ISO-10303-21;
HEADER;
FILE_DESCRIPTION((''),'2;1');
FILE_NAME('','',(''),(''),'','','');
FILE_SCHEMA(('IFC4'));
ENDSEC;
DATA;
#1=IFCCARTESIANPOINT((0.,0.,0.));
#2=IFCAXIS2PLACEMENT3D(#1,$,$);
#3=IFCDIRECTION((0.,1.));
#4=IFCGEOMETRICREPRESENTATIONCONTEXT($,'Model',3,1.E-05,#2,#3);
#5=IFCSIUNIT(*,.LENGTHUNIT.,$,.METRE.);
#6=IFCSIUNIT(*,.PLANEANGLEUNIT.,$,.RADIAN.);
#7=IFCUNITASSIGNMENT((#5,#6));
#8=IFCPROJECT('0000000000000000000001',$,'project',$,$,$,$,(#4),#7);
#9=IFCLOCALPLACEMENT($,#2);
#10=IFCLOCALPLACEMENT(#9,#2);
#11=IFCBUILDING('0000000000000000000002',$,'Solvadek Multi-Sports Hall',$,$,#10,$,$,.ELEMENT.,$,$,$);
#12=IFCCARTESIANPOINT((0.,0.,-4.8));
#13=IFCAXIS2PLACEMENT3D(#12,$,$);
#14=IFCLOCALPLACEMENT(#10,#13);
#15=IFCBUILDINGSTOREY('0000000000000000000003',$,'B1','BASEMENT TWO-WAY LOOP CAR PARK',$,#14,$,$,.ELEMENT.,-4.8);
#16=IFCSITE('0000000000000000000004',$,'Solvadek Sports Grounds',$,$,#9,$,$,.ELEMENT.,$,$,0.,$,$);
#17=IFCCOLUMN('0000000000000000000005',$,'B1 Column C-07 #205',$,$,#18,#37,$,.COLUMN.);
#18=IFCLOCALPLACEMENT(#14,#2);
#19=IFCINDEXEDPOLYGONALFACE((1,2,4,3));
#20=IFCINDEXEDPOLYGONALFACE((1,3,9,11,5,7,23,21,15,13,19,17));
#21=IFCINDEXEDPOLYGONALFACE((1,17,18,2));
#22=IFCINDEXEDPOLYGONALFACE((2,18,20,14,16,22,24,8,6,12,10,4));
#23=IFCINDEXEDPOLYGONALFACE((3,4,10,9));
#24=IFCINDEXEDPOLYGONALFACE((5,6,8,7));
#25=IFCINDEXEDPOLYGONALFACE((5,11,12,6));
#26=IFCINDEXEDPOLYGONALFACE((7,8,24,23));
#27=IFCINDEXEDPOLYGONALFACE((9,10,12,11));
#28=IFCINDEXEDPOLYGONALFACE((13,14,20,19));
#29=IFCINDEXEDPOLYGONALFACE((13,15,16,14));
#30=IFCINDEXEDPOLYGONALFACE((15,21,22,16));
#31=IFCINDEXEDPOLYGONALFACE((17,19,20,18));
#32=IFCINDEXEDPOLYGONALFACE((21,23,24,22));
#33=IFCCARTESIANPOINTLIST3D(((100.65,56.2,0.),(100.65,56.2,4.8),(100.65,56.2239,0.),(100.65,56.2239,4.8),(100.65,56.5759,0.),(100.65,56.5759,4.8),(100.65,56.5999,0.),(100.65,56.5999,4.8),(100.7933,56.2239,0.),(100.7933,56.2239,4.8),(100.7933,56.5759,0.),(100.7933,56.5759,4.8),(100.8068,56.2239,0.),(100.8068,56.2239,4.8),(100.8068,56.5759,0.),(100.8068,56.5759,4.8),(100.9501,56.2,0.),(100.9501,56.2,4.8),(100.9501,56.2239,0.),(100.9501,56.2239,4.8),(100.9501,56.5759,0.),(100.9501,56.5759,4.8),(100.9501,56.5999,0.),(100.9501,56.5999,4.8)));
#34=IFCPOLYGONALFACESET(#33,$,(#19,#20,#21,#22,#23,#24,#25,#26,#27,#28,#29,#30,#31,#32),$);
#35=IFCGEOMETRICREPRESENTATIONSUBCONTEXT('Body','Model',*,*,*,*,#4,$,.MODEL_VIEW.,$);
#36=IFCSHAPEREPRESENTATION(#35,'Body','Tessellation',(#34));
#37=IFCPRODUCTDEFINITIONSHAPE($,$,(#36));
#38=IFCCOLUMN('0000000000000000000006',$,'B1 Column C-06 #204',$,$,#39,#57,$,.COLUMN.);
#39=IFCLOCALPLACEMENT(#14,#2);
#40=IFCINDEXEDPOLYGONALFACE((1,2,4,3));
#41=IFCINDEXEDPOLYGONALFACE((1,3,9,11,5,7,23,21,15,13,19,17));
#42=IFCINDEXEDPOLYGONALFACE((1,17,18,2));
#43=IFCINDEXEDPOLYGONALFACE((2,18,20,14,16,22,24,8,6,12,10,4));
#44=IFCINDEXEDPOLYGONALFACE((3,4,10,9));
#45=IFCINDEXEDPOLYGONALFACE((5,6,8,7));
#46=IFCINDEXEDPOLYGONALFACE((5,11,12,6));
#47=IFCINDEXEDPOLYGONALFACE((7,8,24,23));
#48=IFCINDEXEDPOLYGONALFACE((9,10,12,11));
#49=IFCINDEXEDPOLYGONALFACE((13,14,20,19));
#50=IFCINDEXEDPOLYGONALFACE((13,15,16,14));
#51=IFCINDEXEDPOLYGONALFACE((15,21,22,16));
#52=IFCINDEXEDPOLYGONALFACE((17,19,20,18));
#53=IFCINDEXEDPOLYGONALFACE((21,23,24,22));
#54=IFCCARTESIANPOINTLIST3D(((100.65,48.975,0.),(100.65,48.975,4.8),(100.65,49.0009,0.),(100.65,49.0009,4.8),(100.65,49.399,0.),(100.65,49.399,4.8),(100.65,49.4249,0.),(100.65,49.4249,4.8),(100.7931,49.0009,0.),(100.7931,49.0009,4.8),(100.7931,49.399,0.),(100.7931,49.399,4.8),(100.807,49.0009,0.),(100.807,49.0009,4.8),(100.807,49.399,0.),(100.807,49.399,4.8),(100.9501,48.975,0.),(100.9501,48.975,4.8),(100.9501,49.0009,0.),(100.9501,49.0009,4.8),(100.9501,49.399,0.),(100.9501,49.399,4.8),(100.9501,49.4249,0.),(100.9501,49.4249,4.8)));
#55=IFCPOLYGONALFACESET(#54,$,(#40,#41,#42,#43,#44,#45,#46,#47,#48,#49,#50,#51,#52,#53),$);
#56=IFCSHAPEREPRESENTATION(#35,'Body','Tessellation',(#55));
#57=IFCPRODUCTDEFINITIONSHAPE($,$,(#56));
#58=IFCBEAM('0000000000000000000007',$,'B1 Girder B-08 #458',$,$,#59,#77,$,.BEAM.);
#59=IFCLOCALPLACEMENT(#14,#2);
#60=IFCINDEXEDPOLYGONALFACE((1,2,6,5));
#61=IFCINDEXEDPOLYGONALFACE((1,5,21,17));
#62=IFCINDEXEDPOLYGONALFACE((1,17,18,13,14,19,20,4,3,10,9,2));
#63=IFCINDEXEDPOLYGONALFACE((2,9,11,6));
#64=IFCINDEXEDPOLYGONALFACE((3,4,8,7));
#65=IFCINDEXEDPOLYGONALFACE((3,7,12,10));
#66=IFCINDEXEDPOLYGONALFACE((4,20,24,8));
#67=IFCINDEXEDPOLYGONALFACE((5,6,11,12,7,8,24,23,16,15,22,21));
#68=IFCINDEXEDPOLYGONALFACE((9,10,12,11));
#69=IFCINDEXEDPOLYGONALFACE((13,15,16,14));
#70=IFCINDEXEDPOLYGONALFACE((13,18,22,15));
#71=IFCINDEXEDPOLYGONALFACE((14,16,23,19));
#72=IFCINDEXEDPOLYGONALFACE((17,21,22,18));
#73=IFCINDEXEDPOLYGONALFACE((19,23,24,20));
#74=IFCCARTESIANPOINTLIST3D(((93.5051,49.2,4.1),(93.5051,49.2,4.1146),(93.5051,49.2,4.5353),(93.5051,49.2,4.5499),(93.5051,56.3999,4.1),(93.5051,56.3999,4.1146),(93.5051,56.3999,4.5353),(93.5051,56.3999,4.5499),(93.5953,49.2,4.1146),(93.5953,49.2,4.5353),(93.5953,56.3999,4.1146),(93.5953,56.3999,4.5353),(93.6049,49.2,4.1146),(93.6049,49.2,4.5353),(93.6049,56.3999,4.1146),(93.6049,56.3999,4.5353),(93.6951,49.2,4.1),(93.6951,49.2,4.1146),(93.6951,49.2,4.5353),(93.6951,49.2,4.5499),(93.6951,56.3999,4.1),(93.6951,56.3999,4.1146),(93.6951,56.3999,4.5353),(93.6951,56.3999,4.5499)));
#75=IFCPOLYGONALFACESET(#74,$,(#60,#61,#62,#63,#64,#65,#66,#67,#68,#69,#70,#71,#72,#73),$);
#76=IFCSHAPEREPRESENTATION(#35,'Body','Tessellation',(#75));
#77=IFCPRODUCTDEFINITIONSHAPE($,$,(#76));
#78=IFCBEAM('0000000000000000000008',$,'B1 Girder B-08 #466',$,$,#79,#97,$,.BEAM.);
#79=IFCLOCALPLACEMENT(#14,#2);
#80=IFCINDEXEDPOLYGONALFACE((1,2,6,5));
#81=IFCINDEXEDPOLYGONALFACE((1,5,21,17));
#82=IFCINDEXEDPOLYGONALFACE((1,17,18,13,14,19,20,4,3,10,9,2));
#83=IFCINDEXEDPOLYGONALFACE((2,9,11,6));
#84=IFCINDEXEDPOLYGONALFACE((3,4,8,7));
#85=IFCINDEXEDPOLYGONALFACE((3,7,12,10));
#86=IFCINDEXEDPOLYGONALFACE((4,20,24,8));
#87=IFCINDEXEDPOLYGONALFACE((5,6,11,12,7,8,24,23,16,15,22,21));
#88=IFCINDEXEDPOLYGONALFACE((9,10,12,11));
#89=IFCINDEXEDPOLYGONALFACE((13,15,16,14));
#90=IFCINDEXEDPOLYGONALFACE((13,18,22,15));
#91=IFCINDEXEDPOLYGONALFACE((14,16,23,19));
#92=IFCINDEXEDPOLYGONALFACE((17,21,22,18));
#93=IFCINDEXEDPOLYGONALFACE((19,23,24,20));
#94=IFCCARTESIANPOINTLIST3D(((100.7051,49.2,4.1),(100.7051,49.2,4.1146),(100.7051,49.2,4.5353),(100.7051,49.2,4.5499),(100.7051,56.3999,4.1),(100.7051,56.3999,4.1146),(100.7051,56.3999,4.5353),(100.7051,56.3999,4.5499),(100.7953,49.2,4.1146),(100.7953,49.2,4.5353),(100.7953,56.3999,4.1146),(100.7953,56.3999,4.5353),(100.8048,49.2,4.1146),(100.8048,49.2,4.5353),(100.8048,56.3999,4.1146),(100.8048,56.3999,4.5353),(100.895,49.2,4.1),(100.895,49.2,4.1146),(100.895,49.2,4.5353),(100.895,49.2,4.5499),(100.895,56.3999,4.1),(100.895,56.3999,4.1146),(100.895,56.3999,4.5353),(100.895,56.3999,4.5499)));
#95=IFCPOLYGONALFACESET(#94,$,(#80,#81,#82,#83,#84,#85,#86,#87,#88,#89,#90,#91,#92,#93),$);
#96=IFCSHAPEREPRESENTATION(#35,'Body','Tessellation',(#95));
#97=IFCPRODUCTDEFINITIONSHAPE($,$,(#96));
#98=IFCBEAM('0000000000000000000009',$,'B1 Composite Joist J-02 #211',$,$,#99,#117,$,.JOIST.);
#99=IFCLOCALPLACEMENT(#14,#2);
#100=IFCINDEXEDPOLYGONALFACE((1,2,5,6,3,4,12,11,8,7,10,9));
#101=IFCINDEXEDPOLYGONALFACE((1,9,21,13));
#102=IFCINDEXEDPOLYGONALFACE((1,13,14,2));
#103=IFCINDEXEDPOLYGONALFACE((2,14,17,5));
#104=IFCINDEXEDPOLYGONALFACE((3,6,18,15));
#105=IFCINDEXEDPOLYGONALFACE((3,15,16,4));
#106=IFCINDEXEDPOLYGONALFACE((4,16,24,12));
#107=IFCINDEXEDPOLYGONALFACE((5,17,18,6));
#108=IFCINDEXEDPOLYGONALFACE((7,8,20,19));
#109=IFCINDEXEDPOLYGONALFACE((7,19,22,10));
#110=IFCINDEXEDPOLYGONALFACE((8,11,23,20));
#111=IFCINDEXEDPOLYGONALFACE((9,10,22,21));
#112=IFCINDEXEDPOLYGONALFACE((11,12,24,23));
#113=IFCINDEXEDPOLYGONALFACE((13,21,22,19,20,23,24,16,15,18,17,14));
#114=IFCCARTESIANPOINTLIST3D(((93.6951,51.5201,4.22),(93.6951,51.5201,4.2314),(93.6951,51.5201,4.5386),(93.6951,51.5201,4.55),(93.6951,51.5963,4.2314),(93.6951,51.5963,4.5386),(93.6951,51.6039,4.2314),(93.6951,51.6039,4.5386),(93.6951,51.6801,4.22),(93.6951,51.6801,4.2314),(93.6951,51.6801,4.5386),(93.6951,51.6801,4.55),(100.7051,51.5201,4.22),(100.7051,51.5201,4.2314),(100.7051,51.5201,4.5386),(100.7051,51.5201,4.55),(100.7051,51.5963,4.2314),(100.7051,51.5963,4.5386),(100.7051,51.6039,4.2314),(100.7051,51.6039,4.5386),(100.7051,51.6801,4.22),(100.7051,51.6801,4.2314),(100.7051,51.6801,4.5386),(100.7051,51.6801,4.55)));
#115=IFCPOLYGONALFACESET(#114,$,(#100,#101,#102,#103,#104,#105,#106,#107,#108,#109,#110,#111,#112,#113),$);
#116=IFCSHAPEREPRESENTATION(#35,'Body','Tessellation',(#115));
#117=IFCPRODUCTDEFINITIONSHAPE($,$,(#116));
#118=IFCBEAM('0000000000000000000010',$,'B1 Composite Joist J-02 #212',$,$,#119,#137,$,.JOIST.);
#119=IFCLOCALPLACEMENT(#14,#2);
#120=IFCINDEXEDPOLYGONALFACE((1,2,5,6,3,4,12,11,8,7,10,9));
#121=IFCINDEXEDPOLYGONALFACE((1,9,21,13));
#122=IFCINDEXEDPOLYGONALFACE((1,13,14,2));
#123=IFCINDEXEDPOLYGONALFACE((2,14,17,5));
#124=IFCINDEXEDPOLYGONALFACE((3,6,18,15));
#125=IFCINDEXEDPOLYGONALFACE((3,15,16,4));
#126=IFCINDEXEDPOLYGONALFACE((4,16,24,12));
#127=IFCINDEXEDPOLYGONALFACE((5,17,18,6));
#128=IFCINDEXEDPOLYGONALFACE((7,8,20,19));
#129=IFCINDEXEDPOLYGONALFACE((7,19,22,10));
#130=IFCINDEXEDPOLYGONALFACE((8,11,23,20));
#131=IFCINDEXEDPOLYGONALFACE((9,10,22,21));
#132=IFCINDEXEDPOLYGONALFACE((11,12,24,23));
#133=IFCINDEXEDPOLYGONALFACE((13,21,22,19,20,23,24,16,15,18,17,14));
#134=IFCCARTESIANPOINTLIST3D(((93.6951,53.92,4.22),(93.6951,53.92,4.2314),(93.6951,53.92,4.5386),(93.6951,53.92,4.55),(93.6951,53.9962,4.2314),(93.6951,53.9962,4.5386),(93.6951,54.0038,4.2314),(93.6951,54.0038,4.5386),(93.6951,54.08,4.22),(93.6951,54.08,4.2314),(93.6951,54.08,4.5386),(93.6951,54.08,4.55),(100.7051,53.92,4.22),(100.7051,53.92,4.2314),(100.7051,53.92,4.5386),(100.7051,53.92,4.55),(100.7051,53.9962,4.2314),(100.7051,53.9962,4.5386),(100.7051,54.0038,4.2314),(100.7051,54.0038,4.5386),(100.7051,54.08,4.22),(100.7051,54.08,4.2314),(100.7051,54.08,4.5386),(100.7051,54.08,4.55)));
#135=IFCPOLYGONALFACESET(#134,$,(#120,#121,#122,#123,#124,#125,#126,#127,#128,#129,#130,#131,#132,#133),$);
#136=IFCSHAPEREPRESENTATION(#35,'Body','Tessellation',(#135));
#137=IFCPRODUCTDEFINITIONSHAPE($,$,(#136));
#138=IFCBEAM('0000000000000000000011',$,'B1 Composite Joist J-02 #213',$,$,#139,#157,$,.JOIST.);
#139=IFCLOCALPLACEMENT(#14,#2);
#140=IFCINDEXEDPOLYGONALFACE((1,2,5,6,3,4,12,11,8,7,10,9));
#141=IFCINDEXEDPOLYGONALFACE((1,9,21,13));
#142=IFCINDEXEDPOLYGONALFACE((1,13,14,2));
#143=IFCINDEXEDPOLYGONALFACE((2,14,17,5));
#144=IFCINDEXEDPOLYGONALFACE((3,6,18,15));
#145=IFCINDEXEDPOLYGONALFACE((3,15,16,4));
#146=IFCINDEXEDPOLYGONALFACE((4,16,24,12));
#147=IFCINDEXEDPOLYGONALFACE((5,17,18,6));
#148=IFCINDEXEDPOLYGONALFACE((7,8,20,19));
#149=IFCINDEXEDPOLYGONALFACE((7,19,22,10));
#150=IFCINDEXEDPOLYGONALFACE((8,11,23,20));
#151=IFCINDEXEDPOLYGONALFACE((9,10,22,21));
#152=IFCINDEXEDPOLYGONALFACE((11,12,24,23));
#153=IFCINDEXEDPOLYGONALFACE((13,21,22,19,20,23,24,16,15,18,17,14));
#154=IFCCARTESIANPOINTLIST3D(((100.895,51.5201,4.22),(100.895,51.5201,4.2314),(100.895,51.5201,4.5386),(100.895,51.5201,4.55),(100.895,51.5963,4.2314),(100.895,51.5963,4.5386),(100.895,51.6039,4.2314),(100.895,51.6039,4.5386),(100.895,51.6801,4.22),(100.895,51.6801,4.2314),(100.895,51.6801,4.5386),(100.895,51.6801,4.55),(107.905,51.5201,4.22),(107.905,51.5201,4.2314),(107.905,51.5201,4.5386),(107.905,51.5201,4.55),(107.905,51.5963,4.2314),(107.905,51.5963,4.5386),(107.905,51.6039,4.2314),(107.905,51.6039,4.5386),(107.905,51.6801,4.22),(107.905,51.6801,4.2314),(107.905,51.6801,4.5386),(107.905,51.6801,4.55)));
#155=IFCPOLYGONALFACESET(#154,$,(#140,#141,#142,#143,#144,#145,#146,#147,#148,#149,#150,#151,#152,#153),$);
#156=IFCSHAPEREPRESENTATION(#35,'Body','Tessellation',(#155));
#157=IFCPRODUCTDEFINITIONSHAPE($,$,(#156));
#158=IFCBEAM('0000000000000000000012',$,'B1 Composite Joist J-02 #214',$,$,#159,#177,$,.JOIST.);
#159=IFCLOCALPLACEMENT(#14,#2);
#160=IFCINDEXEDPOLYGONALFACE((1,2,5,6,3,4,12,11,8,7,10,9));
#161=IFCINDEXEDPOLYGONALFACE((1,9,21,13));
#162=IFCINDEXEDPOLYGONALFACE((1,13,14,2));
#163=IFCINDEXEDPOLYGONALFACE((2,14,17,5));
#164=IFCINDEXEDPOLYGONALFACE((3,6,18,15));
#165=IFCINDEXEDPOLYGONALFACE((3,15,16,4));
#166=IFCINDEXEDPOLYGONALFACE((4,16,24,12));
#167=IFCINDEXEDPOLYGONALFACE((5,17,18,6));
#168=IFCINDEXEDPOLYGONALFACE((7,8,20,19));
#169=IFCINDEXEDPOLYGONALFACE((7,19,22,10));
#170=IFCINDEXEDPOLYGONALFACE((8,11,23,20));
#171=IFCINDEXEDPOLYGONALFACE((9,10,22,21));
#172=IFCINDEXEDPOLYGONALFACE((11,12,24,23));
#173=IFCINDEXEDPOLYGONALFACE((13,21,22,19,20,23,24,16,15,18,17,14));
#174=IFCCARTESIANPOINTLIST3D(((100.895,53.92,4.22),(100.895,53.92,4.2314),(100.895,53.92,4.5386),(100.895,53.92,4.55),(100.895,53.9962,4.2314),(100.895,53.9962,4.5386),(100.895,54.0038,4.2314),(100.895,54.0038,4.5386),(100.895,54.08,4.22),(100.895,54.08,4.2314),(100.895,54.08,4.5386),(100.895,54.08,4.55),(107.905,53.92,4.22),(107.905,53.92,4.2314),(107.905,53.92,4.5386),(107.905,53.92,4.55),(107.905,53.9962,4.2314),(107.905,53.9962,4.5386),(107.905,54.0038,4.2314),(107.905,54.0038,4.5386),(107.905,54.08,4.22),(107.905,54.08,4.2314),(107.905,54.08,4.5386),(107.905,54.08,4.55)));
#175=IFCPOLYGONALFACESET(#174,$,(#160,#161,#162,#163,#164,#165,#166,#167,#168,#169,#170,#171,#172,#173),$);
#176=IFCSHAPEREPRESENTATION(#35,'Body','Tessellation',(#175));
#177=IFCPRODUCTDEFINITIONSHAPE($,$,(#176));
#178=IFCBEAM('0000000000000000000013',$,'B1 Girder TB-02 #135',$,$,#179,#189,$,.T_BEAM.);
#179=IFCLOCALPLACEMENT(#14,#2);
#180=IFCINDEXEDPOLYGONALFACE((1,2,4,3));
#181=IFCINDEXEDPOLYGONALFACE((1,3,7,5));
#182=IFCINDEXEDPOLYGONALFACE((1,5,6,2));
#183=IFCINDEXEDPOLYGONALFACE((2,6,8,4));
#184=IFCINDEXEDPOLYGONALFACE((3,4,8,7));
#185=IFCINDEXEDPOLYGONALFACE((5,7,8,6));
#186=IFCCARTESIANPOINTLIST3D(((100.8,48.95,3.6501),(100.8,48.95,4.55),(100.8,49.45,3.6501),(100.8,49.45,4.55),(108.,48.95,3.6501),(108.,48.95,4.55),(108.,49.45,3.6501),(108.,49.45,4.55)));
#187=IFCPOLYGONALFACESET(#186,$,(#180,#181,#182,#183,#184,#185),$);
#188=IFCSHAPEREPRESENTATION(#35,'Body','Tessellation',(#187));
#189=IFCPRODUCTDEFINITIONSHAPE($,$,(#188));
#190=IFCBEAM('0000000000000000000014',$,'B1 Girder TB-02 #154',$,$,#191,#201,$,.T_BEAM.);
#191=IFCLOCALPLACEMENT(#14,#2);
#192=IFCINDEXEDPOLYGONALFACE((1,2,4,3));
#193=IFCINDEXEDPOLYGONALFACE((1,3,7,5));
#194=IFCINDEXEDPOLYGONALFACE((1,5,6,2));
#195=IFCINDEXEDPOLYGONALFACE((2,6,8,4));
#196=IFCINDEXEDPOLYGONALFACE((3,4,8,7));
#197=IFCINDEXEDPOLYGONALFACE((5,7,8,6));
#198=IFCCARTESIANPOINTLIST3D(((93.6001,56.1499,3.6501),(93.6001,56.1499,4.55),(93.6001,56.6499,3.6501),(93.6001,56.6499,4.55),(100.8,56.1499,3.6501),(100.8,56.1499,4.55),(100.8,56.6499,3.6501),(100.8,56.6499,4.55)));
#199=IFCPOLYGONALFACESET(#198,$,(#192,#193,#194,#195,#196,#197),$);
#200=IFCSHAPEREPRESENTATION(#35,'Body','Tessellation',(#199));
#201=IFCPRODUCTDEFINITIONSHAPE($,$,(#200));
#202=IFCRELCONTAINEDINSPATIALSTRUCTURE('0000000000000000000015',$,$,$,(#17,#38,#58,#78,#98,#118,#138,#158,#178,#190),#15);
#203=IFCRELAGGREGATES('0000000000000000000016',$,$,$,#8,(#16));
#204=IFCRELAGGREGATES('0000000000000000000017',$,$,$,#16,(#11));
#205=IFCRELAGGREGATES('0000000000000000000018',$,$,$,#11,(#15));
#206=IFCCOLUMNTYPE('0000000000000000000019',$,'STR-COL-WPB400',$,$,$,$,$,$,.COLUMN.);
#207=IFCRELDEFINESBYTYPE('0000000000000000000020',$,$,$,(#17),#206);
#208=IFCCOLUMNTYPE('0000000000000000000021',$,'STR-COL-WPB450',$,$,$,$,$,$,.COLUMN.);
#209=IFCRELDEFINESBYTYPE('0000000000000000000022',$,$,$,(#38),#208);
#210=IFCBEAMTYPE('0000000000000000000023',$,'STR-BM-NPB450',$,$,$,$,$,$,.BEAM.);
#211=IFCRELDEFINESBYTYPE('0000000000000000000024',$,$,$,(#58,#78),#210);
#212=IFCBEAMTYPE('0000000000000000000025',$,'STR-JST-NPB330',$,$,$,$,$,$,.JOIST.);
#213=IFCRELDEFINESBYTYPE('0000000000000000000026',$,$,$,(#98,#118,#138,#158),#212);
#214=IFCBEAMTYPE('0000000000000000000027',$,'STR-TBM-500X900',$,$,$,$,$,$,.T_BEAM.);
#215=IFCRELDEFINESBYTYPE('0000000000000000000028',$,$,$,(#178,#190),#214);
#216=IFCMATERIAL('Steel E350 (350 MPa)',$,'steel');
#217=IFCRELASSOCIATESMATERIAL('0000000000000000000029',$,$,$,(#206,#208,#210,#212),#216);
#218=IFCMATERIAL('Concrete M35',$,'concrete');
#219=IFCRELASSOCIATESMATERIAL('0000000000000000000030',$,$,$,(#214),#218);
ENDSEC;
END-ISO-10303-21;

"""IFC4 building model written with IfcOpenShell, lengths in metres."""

from ifc_helpers import new_model, si_unit, direction, frame, origin, origin_2d, place, context, subcontext, project, spatial, rectangle, i_section, extrude, material, material_profile, profile_set, type_object, element, save


model = new_model("IFC4")

# Units and contexts
model_context = context("Model", 3, precision=1e-05, world=origin(), true_north=direction((0.0, 1.0)))
body_context = subcontext(model_context, "Body", "Model", "MODEL_VIEW")
ifc_project = project(units=[si_unit("LENGTHUNIT", "METRE"), si_unit("PLANEANGLEUNIT", "RADIAN")], contexts=[model_context])

# Site, building, storey
site_placement = place(None, origin())
site = spatial("IfcSite", under=ifc_project, at=site_placement, Name="Solvadek Sports Grounds", CompositionType="ELEMENT", RefElevation=0.0)
building_placement = place(site_placement, origin())
building = spatial("IfcBuilding", under=site, at=building_placement, Name="Solvadek Multi-Sports Hall", CompositionType="ELEMENT")
storey_placement = place(building_placement, frame((0.0, 0.0, -4.8)))
storey = spatial("IfcBuildingStorey", under=building, at=storey_placement, Name="B1", Description="BASEMENT TWO-WAY LOOP CAR PARK", CompositionType="ELEMENT", Elevation=-4.8)

# Shared definitions
ifc_material_1 = material(Name="Concrete M35", Category="concrete")

# Columns
ifc_material_2 = material(Name="Steel E350 (350 MPa)", Category="steel")
ifc_material_profile_1 = material_profile(ifc_material_2, i_section(OverallWidth=0.3, OverallDepth=0.3999, WebThickness=0.0134, FlangeThickness=0.0239, at=origin_2d()), Name="WPB 400")
ifc_profile_set_1 = profile_set([ifc_material_profile_1], Name="Steel E350 (350 MPa)")
column_type_1 = type_object("IfcColumnType", Name="STR-COL-WPB400", PredefinedType="COLUMN", material=ifc_profile_set_1)
for number, where, z_axis, x_axis, name in (
    (1, (100.8, 56.3999, 0.0), (0.0, 0.0, 1.0), (1.0, 0.0, 0.0), "B1 Column C-07 #205"),
):
    element("IfcColumn", number, at=place(storey_placement, frame(where, z_axis=z_axis, x_axis=x_axis)), inside=storey, type_object=column_type_1, Name=name, PredefinedType="COLUMN", context=body_context, shape_type="SweptSolid", body=[
        extrude(i_section(OverallWidth=0.3, OverallDepth=0.3999, WebThickness=0.0134, FlangeThickness=0.0239, at=origin_2d()), origin(), (0.0, 0.0, 1.0), 4.8),
    ])
ifc_material_profile_2 = material_profile(ifc_material_2, i_section(OverallWidth=0.3, OverallDepth=0.45, WebThickness=0.0139, FlangeThickness=0.0259, at=origin_2d()), Name="WPB 450")
ifc_profile_set_2 = profile_set([ifc_material_profile_2], Name="Steel E350 (350 MPa)")
column_type_2 = type_object("IfcColumnType", Name="STR-COL-WPB450", PredefinedType="COLUMN", material=ifc_profile_set_2)
column_placement = place(storey_placement, frame((100.8, 49.2, 0.0), z_axis=(0.0, 0.0, 1.0), x_axis=(1.0, 0.0, 0.0)))
element("IfcColumn", 2, at=column_placement, inside=storey, type_object=column_type_2, Name="B1 Column C-06 #204", PredefinedType="COLUMN", context=body_context, shape_type="SweptSolid", body=[
    extrude(i_section(OverallWidth=0.3, OverallDepth=0.45, WebThickness=0.0139, FlangeThickness=0.0259, at=origin_2d()), origin(), (0.0, 0.0, 1.0), 4.8),
])

# Beams
ifc_material_profile_3 = material_profile(ifc_material_2, i_section(OverallWidth=0.1899, OverallDepth=0.45, WebThickness=0.0095, FlangeThickness=0.0146, at=origin_2d()), Name="NPB 450")
ifc_profile_set_3 = profile_set([ifc_material_profile_3], Name="Steel E350 (350 MPa)")
beam_type_1 = type_object("IfcBeamType", Name="STR-BM-NPB450", PredefinedType="BEAM", material=ifc_profile_set_3)
for number, where, z_axis, x_axis, name in (
    (3, (93.6001, 49.2, 4.325), (0.0, 1.0, 0.0), (-1.0, 0.0, 0.0), "B1 Girder B-08 #458"),
    (4, (100.8, 49.2, 4.325), (0.0, 1.0, 0.0), (-1.0, 0.0, 0.0), "B1 Girder B-08 #466"),
):
    element("IfcBeam", number, at=place(storey_placement, frame(where, z_axis=z_axis, x_axis=x_axis)), inside=storey, type_object=beam_type_1, Name=name, PredefinedType="BEAM", context=body_context, shape_type="SweptSolid", body=[
        extrude(i_section(OverallWidth=0.1899, OverallDepth=0.45, WebThickness=0.0095, FlangeThickness=0.0146, at=origin_2d()), origin(), (0.0, 0.0, 1.0), 7.2),
    ])
ifc_material_profile_4 = material_profile(ifc_material_2, i_section(OverallWidth=0.1599, OverallDepth=0.3301, WebThickness=0.0076, FlangeThickness=0.0115, at=origin_2d()), Name="NPB 330")
ifc_profile_set_4 = profile_set([ifc_material_profile_4], Name="Steel E350 (350 MPa)")
beam_type_2 = type_object("IfcBeamType", Name="STR-JST-NPB330", PredefinedType="JOIST", material=ifc_profile_set_4)
for number, where, z_axis, x_axis, name in (
    (5, (93.6951, 51.6001, 4.385), (1.0, 0.0, 0.0), (0.0, 1.0, 0.0), "B1 Composite Joist J-02 #211"),
    (6, (93.6951, 54.0, 4.385), (1.0, 0.0, 0.0), (0.0, 1.0, 0.0), "B1 Composite Joist J-02 #212"),
    (7, (100.895, 51.6001, 4.385), (1.0, 0.0, 0.0), (0.0, 1.0, 0.0), "B1 Composite Joist J-02 #213"),
    (8, (100.895, 54.0, 4.385), (1.0, 0.0, 0.0), (0.0, 1.0, 0.0), "B1 Composite Joist J-02 #214"),
):
    element("IfcBeam", number, at=place(storey_placement, frame(where, z_axis=z_axis, x_axis=x_axis)), inside=storey, type_object=beam_type_2, Name=name, PredefinedType="JOIST", context=body_context, shape_type="SweptSolid", body=[
        extrude(i_section(OverallWidth=0.1599, OverallDepth=0.3301, WebThickness=0.0076, FlangeThickness=0.0115, at=origin_2d()), origin(), (0.0, 0.0, 1.0), 7.01),
    ])
ifc_material_profile_5 = material_profile(ifc_material_1, rectangle(XDim=0.5, YDim=0.8999, at=origin_2d()), Name="RC T-BEAM 500x900")
ifc_profile_set_5 = profile_set([ifc_material_profile_5], Name="Concrete M35")
beam_type_3 = type_object("IfcBeamType", Name="STR-TBM-500X900", PredefinedType="T_BEAM", material=ifc_profile_set_5)
for number, where, z_axis, x_axis, name in (
    (9, (100.8, 49.2, 4.1001), (1.0, 0.0, 0.0), (0.0, 1.0, 0.0), "B1 Girder TB-02 #135"),
    (10, (93.6001, 56.3999, 4.1001), (1.0, 0.0, 0.0), (0.0, 1.0, 0.0), "B1 Girder TB-02 #154"),
):
    element("IfcBeam", number, at=place(storey_placement, frame(where, z_axis=z_axis, x_axis=x_axis)), inside=storey, type_object=beam_type_3, Name=name, PredefinedType="T_BEAM", context=body_context, shape_type="SweptSolid", body=[
        extrude(rectangle(XDim=0.5, YDim=0.8999, at=origin_2d()), origin(), (0.0, 0.0, 1.0), 7.2),
    ])

save(model, "model.ifc")
